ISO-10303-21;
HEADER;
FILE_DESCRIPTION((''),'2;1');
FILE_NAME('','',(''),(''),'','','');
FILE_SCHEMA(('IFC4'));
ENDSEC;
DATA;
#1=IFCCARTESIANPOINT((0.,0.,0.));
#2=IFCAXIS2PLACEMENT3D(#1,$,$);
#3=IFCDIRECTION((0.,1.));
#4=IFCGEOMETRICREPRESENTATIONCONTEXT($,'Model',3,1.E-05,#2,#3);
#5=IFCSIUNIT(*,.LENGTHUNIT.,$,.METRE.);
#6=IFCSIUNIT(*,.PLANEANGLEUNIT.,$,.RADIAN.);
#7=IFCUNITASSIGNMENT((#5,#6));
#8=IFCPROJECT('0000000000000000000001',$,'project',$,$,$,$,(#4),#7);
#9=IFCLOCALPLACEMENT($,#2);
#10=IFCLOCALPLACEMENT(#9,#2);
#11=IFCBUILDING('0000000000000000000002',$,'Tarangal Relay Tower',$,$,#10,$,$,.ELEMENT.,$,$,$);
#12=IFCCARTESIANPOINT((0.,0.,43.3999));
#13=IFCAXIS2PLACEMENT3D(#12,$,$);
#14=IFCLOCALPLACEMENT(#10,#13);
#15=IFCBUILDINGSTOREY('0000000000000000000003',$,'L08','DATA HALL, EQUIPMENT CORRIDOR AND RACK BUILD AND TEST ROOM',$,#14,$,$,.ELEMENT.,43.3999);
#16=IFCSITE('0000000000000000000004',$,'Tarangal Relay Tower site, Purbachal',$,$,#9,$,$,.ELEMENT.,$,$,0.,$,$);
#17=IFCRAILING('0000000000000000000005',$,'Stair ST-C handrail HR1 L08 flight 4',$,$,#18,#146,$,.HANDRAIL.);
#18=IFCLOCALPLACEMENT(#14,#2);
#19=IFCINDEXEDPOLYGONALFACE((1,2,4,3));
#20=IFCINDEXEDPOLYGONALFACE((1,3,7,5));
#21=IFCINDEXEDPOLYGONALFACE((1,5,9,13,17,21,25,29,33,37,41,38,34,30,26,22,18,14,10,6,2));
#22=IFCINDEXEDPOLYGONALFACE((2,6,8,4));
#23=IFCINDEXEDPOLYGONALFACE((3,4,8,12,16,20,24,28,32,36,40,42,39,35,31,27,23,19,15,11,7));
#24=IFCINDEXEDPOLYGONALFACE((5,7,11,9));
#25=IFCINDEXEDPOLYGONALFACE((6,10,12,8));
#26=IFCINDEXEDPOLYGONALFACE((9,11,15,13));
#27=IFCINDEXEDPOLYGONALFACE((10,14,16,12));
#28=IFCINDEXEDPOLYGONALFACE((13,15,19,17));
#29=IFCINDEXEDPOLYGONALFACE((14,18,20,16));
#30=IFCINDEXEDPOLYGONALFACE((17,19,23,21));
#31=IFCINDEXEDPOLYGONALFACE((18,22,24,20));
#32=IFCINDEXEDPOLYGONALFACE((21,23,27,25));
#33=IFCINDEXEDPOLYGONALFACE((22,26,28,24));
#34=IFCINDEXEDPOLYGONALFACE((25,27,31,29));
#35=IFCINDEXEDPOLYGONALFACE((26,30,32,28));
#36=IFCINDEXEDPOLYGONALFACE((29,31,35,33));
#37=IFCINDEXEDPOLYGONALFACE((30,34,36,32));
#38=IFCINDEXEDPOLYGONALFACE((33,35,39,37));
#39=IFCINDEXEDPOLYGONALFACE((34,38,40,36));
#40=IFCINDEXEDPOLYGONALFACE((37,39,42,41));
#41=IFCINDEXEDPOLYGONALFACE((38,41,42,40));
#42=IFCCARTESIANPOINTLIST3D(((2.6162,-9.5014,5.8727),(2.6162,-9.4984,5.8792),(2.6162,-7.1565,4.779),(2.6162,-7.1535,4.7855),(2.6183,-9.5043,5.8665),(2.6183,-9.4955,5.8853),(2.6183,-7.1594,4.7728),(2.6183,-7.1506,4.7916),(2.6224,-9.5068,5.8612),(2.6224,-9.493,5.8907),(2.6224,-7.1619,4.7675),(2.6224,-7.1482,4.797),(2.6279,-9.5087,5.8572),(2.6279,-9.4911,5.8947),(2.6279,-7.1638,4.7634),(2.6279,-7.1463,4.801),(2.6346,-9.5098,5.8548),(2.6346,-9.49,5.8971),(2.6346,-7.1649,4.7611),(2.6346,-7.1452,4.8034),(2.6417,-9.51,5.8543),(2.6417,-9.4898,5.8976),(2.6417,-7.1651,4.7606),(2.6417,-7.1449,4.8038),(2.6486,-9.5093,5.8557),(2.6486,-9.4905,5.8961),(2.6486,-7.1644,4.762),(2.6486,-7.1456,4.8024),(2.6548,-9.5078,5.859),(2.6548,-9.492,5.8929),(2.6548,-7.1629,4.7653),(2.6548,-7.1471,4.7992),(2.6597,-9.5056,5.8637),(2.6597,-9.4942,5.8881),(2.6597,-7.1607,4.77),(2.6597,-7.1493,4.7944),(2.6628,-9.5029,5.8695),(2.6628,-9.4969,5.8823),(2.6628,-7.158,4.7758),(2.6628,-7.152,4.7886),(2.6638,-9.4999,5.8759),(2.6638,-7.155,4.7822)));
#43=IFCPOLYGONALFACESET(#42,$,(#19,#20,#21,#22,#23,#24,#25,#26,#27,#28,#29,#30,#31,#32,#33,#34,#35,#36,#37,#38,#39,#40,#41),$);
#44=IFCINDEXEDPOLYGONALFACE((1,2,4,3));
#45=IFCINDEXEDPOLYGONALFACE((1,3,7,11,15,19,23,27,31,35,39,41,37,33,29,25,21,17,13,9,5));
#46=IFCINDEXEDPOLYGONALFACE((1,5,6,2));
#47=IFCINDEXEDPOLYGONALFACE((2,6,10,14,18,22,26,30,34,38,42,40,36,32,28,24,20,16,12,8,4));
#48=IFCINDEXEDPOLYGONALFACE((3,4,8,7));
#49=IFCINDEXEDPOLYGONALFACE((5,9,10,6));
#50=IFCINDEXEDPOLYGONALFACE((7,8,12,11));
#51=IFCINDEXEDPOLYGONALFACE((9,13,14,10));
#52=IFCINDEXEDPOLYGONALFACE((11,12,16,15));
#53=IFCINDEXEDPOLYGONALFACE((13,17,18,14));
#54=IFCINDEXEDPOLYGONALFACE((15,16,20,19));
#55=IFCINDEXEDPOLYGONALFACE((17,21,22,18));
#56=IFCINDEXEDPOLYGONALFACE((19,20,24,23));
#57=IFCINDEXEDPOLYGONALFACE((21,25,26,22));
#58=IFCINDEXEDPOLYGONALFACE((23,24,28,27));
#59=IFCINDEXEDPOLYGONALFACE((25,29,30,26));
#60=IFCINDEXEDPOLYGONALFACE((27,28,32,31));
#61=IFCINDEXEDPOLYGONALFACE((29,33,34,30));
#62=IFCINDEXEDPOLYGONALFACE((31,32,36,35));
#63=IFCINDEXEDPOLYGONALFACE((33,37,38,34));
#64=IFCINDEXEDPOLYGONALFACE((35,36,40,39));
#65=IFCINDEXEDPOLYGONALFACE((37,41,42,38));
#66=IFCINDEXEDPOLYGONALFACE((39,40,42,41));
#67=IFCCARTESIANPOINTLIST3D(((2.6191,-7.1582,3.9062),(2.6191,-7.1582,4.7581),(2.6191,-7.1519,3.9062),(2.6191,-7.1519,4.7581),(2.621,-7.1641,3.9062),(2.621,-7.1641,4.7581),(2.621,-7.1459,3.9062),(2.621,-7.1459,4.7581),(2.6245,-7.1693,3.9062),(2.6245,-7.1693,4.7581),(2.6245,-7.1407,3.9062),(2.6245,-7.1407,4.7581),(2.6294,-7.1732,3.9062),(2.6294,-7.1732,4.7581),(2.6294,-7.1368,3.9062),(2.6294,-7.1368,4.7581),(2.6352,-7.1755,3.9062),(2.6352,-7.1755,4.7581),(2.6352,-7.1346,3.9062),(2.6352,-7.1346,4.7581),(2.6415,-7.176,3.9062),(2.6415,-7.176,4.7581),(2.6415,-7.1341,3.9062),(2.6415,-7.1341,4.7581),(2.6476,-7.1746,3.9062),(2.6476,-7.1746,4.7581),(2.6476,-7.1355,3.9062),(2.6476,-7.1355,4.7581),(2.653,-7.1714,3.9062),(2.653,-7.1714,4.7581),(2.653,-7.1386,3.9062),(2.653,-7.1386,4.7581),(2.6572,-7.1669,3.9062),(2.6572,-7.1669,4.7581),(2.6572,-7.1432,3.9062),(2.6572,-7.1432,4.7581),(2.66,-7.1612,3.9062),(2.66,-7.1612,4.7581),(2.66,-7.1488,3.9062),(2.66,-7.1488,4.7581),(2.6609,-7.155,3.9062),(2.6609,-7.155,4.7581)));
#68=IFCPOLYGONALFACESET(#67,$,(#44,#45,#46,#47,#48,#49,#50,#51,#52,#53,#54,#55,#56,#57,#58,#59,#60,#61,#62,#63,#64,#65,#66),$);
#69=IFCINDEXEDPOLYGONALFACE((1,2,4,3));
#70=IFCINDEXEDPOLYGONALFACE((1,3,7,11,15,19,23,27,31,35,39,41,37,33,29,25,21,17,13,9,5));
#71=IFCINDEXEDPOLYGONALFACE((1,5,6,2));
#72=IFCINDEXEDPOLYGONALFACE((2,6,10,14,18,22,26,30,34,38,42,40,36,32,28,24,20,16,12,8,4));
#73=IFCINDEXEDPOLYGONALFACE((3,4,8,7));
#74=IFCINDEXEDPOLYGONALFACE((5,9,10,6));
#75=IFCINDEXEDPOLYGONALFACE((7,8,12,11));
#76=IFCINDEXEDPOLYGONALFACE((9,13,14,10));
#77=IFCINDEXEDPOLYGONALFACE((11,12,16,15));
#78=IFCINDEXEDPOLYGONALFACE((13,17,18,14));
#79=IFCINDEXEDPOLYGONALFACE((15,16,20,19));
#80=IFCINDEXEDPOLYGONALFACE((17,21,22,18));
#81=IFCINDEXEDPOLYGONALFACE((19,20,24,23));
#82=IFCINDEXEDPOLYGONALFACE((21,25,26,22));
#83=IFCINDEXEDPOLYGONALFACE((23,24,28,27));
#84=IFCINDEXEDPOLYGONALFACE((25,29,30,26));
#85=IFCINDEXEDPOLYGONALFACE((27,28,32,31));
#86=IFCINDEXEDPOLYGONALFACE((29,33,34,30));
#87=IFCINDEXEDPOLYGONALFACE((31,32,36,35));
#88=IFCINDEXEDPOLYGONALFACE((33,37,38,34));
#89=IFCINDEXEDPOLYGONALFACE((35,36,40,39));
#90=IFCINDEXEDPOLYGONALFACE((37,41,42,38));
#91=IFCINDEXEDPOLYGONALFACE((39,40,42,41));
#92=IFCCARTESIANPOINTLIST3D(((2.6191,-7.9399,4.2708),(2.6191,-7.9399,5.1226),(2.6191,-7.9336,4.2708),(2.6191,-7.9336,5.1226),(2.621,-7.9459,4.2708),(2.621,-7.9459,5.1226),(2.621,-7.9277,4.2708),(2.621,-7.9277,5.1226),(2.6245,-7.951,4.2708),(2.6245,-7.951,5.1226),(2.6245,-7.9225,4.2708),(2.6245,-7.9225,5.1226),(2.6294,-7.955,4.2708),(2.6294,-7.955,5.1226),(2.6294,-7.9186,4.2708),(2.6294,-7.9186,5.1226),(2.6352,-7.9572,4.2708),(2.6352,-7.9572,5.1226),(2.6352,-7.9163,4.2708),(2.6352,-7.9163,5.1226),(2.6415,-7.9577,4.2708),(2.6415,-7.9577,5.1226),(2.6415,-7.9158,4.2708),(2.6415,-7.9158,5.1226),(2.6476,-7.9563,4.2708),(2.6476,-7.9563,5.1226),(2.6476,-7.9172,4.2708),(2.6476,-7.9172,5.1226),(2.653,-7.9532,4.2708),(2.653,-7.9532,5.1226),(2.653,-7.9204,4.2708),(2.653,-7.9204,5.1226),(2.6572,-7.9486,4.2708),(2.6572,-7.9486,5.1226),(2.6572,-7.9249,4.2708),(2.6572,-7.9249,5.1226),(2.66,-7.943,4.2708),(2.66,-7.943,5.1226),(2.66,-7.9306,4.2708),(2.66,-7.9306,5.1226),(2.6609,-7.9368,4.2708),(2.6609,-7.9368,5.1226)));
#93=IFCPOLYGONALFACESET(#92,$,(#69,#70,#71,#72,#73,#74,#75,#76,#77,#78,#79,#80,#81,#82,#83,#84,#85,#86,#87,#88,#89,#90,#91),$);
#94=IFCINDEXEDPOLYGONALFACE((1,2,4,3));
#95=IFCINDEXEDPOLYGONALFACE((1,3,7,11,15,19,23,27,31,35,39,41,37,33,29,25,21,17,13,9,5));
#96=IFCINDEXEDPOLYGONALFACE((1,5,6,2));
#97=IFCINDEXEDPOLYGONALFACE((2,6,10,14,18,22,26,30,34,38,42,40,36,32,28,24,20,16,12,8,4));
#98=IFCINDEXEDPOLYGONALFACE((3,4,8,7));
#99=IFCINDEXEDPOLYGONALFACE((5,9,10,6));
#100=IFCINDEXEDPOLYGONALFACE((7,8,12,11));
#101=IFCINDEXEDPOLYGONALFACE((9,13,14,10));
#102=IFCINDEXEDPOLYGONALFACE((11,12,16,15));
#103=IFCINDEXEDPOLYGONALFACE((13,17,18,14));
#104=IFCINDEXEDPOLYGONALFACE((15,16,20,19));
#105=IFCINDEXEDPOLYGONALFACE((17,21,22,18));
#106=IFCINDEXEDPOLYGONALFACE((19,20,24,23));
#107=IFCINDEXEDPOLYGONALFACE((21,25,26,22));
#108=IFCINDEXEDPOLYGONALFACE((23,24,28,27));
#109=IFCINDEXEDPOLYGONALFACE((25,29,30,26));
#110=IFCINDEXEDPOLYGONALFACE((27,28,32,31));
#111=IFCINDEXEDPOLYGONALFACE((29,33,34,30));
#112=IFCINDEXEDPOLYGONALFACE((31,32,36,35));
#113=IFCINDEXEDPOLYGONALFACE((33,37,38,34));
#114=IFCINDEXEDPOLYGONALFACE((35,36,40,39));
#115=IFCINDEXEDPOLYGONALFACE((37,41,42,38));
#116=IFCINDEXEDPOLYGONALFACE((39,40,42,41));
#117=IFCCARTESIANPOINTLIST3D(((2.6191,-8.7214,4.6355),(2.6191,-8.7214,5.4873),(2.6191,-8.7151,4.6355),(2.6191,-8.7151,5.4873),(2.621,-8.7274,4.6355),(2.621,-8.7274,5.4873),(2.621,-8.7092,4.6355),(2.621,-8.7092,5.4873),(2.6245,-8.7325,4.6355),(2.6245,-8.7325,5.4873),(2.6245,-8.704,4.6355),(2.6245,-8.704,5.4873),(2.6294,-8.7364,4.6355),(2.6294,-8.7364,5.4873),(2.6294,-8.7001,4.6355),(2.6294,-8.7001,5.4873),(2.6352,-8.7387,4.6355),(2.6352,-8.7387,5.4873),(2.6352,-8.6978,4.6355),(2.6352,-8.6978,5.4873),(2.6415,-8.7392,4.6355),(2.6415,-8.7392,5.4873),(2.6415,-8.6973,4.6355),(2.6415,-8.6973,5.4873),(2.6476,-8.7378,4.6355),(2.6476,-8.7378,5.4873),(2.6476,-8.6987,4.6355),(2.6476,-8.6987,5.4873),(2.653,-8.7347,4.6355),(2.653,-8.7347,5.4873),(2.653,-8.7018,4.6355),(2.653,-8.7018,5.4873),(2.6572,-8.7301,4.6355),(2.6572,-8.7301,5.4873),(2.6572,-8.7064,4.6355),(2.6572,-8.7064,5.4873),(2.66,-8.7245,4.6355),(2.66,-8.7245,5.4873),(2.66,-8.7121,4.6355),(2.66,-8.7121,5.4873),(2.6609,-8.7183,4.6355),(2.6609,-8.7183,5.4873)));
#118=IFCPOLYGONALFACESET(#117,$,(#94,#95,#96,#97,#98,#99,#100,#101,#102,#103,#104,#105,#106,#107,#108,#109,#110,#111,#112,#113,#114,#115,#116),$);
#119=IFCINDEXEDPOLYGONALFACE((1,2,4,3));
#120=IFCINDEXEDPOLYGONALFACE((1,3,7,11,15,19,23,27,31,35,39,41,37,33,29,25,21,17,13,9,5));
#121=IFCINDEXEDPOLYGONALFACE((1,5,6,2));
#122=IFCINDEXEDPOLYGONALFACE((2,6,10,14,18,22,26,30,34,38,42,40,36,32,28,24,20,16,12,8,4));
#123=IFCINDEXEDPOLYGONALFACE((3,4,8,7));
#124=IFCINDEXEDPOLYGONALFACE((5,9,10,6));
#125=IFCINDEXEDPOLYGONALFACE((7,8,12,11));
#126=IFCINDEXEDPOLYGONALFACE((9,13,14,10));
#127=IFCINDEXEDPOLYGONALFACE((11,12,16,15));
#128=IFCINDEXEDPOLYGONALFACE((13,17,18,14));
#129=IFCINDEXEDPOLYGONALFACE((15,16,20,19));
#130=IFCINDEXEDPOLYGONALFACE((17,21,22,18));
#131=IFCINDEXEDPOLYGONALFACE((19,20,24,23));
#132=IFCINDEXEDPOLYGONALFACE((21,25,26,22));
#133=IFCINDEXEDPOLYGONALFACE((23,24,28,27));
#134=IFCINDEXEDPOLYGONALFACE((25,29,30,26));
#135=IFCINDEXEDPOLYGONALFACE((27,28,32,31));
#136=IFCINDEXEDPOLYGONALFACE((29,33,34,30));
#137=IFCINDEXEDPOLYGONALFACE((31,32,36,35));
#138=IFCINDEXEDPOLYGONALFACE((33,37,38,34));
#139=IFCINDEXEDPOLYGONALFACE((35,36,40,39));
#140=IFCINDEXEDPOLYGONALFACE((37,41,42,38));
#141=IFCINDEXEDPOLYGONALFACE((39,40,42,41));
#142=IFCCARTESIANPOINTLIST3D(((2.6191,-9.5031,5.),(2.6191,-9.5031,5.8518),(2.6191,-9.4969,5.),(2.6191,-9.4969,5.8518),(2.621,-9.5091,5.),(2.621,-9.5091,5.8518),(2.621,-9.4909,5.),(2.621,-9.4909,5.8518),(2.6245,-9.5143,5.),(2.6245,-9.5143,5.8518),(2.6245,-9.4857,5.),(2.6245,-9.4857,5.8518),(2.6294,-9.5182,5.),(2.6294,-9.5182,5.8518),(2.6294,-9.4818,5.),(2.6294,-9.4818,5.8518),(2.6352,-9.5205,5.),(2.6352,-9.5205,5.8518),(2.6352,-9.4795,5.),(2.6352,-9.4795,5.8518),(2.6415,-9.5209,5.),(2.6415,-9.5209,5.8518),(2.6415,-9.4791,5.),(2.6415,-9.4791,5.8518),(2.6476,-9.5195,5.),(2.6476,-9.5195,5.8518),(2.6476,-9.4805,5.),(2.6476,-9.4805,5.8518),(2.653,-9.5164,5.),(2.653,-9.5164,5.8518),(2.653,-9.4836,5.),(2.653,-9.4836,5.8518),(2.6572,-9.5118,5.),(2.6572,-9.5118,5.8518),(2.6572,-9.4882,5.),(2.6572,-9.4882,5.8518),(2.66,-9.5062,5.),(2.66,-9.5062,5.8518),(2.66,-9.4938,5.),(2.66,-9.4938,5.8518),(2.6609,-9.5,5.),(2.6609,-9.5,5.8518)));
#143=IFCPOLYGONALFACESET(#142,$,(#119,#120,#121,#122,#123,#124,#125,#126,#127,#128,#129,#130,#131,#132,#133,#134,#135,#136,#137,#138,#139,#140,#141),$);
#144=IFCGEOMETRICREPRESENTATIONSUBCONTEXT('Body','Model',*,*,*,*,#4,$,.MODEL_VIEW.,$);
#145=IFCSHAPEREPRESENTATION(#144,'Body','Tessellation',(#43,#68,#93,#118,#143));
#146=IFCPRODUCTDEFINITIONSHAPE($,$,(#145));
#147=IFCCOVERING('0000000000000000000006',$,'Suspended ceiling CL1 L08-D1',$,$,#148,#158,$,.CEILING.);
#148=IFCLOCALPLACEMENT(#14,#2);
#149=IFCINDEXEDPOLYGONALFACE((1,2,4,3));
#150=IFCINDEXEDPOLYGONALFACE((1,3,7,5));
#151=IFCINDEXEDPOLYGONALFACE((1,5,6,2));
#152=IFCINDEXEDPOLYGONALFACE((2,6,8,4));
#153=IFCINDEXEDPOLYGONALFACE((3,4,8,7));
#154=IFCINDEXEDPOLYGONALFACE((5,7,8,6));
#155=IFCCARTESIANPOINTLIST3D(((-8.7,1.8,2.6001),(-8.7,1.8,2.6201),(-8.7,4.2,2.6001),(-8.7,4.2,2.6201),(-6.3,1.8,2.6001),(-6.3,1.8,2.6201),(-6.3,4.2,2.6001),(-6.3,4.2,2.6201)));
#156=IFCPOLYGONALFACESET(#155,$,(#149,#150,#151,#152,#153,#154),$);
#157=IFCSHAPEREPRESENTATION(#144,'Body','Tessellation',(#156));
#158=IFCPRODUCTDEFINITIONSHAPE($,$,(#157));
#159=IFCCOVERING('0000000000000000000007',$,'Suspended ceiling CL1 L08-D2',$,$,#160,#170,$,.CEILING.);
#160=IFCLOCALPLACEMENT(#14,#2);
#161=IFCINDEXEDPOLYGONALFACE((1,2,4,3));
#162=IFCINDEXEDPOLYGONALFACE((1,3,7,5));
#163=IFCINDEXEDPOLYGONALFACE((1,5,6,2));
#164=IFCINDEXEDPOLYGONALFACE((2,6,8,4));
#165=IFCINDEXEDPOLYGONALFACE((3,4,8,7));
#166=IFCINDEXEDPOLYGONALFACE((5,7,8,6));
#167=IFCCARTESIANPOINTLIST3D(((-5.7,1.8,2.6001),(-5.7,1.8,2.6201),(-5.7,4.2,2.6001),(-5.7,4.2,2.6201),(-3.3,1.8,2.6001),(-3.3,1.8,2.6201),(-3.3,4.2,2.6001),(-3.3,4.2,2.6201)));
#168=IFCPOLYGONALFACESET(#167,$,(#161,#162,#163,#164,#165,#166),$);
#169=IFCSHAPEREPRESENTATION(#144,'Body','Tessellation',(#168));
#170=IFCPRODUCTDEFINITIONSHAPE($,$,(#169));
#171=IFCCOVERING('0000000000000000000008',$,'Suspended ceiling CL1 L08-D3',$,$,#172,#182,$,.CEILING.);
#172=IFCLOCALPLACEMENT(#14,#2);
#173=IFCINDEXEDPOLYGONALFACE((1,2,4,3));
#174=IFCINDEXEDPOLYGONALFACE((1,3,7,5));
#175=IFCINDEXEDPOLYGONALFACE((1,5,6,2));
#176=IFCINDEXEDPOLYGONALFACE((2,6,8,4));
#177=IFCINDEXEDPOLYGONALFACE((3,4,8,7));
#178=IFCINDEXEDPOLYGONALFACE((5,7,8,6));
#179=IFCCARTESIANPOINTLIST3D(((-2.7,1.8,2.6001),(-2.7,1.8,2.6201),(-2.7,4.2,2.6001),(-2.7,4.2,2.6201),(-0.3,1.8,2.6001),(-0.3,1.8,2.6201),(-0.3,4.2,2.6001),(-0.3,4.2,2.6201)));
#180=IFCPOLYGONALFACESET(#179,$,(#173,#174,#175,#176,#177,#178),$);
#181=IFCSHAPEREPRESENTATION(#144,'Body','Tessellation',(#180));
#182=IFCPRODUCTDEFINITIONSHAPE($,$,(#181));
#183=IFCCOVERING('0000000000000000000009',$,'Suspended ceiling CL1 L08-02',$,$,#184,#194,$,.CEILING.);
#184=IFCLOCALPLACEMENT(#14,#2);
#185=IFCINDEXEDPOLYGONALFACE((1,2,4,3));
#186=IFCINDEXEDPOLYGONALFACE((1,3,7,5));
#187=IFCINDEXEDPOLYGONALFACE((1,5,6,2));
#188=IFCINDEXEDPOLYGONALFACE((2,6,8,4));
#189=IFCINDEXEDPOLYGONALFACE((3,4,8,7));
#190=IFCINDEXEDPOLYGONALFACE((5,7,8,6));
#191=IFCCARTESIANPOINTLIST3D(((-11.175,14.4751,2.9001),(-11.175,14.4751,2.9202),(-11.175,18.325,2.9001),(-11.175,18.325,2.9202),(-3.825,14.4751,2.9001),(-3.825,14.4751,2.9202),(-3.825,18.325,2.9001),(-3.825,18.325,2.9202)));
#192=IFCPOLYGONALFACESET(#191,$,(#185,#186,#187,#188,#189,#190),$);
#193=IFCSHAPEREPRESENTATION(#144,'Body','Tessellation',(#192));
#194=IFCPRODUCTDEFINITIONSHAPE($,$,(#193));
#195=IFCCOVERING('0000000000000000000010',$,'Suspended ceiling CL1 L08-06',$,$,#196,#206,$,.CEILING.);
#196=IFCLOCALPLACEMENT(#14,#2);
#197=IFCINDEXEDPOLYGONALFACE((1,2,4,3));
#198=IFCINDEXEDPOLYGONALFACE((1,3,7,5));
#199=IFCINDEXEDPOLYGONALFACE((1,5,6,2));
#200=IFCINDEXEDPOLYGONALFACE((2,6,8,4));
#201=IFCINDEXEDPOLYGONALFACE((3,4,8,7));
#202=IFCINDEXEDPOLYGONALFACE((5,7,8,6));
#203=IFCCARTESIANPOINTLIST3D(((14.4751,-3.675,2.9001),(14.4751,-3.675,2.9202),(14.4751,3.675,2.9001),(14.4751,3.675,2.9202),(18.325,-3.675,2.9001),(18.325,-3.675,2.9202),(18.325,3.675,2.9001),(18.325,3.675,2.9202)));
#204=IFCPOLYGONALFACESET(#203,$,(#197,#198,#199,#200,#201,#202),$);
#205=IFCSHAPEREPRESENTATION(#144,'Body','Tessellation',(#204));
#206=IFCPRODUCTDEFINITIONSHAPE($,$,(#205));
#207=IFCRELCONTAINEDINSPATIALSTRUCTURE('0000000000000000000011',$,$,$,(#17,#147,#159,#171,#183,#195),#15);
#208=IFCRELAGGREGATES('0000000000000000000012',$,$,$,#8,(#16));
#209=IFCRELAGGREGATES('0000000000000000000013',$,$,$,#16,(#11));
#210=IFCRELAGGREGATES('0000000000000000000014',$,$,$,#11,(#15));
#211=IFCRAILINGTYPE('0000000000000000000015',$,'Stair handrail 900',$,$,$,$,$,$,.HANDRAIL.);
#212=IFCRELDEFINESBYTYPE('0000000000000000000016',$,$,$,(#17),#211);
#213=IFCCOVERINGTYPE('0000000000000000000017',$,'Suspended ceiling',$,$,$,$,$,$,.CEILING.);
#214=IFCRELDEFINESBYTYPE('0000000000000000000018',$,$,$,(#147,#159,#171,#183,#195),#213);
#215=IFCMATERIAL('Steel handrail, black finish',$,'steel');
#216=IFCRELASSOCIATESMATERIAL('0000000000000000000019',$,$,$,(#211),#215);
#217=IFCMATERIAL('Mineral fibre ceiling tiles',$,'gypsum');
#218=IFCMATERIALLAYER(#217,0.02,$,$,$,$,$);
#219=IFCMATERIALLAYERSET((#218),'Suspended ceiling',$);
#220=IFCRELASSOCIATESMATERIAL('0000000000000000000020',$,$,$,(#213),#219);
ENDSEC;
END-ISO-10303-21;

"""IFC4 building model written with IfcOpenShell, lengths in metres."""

from ifc_helpers import new_model, si_unit, direction, frame, origin, origin_2d, place, context, subcontext, project, spatial, polyline, circle, outline, extrude, material, layer, layer_set, type_object, element, save


model = new_model("IFC4")

# Units and contexts
model_context = context("Model", 3, precision=1e-05, world=origin(), true_north=direction((0.0, 1.0)))
body_context = subcontext(model_context, "Body", "Model", "MODEL_VIEW")
ifc_project = project(units=[si_unit("LENGTHUNIT", "METRE"), si_unit("PLANEANGLEUNIT", "RADIAN")], contexts=[model_context])

# Site, building, storey
site_placement = place(None, origin())
site = spatial("IfcSite", under=ifc_project, at=site_placement, Name="Tarangal Relay Tower site, Purbachal", CompositionType="ELEMENT", RefElevation=0.0)
building_placement = place(site_placement, origin())
building = spatial("IfcBuilding", under=site, at=building_placement, Name="Tarangal Relay Tower", CompositionType="ELEMENT")
storey_placement = place(building_placement, frame((0.0, 0.0, 43.3999)))
storey = spatial("IfcBuildingStorey", under=building, at=storey_placement, Name="L08", Description="DATA HALL, EQUIPMENT CORRIDOR AND RACK BUILD AND TEST ROOM", CompositionType="ELEMENT", Elevation=43.3999)

# Railing
ifc_material_1 = material(Name="Steel handrail, black finish", Category="steel")
railing_type_1 = type_object("IfcRailingType", Name="Stair handrail 900", PredefinedType="HANDRAIL", material=ifc_material_1)
for number, where, name in (
    (1, (2.6399, -7.155, 3.9062), "Stair ST-C handrail HR1 L08 flight 4"),
):
    element("IfcRailing", number, at=place(storey_placement, frame(where)), inside=storey, type_object=railing_type_1, Name=name, PredefinedType="HANDRAIL", context=body_context, shape_type="SweptSolid", body=[
        extrude(circle(Radius=0.0239, at=origin_2d()), frame((0.0, 0.0, 0.876), z_axis=(0.0, -0.906267, 0.422705), x_axis=(1.0, 0.0, 0.0)), (0.0, 0.0, 1.0), 2.5874),
        extrude(circle(Radius=0.021, at=origin_2d()), origin(), (0.0, 0.0, 1.0), 0.8518),
        extrude(circle(Radius=0.021, at=origin_2d()), frame((0.0, -0.7817, 0.3645)), (0.0, 0.0, 1.0), 0.8518),
        extrude(circle(Radius=0.021, at=origin_2d()), frame((0.0, -1.5632, 0.7292)), (0.0, 0.0, 1.0), 0.8518),
        extrude(circle(Radius=0.021, at=origin_2d()), frame((0.0, -2.345, 1.0938)), (0.0, 0.0, 1.0), 0.8518),
    ])

# Coverings
ifc_material_2 = material(Name="Mineral fibre ceiling tiles", Category="gypsum")
ifc_layer_1 = layer(ifc_material_2, 0.02)
ifc_layer_set_1 = layer_set([ifc_layer_1], Name="Suspended ceiling")
covering_type_1 = type_object("IfcCoveringType", Name="Suspended ceiling", PredefinedType="CEILING", material=ifc_layer_set_1)
covering_1_placement = place(storey_placement, frame((0.0, 0.0, 2.6001)))
element("IfcCovering", 2, at=covering_1_placement, inside=storey, type_object=covering_type_1, Name="Suspended ceiling CL1 L08-D1", PredefinedType="CEILING", context=body_context, shape_type="SweptSolid", body=[
    extrude(outline(polyline([(-8.7, 1.8), (-6.3, 1.8), (-6.3, 4.2), (-8.7, 4.2), (-8.7, 1.8)])), origin(), (0.0, 0.0, 1.0), 0.02),
])
covering_2_placement = place(storey_placement, frame((0.0, 0.0, 2.6001)))
element("IfcCovering", 3, at=covering_2_placement, inside=storey, type_object=covering_type_1, Name="Suspended ceiling CL1 L08-D2", PredefinedType="CEILING", context=body_context, shape_type="SweptSolid", body=[
    extrude(outline(polyline([(-5.7, 1.8), (-3.3, 1.8), (-3.3, 4.2), (-5.7, 4.2), (-5.7, 1.8)])), origin(), (0.0, 0.0, 1.0), 0.02),
])
covering_3_placement = place(storey_placement, frame((0.0, 0.0, 2.6001)))
element("IfcCovering", 4, at=covering_3_placement, inside=storey, type_object=covering_type_1, Name="Suspended ceiling CL1 L08-D3", PredefinedType="CEILING", context=body_context, shape_type="SweptSolid", body=[
    extrude(outline(polyline([(-2.7, 1.8), (-0.3, 1.8), (-0.3, 4.2), (-2.7, 4.2), (-2.7, 1.8)])), origin(), (0.0, 0.0, 1.0), 0.02),
])
covering_4_placement = place(storey_placement, frame((0.0, 0.0, 2.9001)))
element("IfcCovering", 5, at=covering_4_placement, inside=storey, type_object=covering_type_1, Name="Suspended ceiling CL1 L08-02", PredefinedType="CEILING", context=body_context, shape_type="SweptSolid", body=[
    extrude(outline(polyline([(-11.175, 18.325), (-11.175, 14.4751), (-3.825, 14.4751), (-3.825, 18.325), (-11.175, 18.325)])), origin(), (0.0, 0.0, 1.0), 0.02),
])
covering_5_placement = place(storey_placement, frame((0.0, 0.0, 2.9001)))
element("IfcCovering", 6, at=covering_5_placement, inside=storey, type_object=covering_type_1, Name="Suspended ceiling CL1 L08-06", PredefinedType="CEILING", context=body_context, shape_type="SweptSolid", body=[
    extrude(outline(polyline([(18.325, 3.675), (14.4751, 3.675), (14.4751, -3.675), (18.325, -3.675), (18.325, 3.675)])), origin(), (0.0, 0.0, 1.0), 0.02),
])

save(model, "model.ifc")
